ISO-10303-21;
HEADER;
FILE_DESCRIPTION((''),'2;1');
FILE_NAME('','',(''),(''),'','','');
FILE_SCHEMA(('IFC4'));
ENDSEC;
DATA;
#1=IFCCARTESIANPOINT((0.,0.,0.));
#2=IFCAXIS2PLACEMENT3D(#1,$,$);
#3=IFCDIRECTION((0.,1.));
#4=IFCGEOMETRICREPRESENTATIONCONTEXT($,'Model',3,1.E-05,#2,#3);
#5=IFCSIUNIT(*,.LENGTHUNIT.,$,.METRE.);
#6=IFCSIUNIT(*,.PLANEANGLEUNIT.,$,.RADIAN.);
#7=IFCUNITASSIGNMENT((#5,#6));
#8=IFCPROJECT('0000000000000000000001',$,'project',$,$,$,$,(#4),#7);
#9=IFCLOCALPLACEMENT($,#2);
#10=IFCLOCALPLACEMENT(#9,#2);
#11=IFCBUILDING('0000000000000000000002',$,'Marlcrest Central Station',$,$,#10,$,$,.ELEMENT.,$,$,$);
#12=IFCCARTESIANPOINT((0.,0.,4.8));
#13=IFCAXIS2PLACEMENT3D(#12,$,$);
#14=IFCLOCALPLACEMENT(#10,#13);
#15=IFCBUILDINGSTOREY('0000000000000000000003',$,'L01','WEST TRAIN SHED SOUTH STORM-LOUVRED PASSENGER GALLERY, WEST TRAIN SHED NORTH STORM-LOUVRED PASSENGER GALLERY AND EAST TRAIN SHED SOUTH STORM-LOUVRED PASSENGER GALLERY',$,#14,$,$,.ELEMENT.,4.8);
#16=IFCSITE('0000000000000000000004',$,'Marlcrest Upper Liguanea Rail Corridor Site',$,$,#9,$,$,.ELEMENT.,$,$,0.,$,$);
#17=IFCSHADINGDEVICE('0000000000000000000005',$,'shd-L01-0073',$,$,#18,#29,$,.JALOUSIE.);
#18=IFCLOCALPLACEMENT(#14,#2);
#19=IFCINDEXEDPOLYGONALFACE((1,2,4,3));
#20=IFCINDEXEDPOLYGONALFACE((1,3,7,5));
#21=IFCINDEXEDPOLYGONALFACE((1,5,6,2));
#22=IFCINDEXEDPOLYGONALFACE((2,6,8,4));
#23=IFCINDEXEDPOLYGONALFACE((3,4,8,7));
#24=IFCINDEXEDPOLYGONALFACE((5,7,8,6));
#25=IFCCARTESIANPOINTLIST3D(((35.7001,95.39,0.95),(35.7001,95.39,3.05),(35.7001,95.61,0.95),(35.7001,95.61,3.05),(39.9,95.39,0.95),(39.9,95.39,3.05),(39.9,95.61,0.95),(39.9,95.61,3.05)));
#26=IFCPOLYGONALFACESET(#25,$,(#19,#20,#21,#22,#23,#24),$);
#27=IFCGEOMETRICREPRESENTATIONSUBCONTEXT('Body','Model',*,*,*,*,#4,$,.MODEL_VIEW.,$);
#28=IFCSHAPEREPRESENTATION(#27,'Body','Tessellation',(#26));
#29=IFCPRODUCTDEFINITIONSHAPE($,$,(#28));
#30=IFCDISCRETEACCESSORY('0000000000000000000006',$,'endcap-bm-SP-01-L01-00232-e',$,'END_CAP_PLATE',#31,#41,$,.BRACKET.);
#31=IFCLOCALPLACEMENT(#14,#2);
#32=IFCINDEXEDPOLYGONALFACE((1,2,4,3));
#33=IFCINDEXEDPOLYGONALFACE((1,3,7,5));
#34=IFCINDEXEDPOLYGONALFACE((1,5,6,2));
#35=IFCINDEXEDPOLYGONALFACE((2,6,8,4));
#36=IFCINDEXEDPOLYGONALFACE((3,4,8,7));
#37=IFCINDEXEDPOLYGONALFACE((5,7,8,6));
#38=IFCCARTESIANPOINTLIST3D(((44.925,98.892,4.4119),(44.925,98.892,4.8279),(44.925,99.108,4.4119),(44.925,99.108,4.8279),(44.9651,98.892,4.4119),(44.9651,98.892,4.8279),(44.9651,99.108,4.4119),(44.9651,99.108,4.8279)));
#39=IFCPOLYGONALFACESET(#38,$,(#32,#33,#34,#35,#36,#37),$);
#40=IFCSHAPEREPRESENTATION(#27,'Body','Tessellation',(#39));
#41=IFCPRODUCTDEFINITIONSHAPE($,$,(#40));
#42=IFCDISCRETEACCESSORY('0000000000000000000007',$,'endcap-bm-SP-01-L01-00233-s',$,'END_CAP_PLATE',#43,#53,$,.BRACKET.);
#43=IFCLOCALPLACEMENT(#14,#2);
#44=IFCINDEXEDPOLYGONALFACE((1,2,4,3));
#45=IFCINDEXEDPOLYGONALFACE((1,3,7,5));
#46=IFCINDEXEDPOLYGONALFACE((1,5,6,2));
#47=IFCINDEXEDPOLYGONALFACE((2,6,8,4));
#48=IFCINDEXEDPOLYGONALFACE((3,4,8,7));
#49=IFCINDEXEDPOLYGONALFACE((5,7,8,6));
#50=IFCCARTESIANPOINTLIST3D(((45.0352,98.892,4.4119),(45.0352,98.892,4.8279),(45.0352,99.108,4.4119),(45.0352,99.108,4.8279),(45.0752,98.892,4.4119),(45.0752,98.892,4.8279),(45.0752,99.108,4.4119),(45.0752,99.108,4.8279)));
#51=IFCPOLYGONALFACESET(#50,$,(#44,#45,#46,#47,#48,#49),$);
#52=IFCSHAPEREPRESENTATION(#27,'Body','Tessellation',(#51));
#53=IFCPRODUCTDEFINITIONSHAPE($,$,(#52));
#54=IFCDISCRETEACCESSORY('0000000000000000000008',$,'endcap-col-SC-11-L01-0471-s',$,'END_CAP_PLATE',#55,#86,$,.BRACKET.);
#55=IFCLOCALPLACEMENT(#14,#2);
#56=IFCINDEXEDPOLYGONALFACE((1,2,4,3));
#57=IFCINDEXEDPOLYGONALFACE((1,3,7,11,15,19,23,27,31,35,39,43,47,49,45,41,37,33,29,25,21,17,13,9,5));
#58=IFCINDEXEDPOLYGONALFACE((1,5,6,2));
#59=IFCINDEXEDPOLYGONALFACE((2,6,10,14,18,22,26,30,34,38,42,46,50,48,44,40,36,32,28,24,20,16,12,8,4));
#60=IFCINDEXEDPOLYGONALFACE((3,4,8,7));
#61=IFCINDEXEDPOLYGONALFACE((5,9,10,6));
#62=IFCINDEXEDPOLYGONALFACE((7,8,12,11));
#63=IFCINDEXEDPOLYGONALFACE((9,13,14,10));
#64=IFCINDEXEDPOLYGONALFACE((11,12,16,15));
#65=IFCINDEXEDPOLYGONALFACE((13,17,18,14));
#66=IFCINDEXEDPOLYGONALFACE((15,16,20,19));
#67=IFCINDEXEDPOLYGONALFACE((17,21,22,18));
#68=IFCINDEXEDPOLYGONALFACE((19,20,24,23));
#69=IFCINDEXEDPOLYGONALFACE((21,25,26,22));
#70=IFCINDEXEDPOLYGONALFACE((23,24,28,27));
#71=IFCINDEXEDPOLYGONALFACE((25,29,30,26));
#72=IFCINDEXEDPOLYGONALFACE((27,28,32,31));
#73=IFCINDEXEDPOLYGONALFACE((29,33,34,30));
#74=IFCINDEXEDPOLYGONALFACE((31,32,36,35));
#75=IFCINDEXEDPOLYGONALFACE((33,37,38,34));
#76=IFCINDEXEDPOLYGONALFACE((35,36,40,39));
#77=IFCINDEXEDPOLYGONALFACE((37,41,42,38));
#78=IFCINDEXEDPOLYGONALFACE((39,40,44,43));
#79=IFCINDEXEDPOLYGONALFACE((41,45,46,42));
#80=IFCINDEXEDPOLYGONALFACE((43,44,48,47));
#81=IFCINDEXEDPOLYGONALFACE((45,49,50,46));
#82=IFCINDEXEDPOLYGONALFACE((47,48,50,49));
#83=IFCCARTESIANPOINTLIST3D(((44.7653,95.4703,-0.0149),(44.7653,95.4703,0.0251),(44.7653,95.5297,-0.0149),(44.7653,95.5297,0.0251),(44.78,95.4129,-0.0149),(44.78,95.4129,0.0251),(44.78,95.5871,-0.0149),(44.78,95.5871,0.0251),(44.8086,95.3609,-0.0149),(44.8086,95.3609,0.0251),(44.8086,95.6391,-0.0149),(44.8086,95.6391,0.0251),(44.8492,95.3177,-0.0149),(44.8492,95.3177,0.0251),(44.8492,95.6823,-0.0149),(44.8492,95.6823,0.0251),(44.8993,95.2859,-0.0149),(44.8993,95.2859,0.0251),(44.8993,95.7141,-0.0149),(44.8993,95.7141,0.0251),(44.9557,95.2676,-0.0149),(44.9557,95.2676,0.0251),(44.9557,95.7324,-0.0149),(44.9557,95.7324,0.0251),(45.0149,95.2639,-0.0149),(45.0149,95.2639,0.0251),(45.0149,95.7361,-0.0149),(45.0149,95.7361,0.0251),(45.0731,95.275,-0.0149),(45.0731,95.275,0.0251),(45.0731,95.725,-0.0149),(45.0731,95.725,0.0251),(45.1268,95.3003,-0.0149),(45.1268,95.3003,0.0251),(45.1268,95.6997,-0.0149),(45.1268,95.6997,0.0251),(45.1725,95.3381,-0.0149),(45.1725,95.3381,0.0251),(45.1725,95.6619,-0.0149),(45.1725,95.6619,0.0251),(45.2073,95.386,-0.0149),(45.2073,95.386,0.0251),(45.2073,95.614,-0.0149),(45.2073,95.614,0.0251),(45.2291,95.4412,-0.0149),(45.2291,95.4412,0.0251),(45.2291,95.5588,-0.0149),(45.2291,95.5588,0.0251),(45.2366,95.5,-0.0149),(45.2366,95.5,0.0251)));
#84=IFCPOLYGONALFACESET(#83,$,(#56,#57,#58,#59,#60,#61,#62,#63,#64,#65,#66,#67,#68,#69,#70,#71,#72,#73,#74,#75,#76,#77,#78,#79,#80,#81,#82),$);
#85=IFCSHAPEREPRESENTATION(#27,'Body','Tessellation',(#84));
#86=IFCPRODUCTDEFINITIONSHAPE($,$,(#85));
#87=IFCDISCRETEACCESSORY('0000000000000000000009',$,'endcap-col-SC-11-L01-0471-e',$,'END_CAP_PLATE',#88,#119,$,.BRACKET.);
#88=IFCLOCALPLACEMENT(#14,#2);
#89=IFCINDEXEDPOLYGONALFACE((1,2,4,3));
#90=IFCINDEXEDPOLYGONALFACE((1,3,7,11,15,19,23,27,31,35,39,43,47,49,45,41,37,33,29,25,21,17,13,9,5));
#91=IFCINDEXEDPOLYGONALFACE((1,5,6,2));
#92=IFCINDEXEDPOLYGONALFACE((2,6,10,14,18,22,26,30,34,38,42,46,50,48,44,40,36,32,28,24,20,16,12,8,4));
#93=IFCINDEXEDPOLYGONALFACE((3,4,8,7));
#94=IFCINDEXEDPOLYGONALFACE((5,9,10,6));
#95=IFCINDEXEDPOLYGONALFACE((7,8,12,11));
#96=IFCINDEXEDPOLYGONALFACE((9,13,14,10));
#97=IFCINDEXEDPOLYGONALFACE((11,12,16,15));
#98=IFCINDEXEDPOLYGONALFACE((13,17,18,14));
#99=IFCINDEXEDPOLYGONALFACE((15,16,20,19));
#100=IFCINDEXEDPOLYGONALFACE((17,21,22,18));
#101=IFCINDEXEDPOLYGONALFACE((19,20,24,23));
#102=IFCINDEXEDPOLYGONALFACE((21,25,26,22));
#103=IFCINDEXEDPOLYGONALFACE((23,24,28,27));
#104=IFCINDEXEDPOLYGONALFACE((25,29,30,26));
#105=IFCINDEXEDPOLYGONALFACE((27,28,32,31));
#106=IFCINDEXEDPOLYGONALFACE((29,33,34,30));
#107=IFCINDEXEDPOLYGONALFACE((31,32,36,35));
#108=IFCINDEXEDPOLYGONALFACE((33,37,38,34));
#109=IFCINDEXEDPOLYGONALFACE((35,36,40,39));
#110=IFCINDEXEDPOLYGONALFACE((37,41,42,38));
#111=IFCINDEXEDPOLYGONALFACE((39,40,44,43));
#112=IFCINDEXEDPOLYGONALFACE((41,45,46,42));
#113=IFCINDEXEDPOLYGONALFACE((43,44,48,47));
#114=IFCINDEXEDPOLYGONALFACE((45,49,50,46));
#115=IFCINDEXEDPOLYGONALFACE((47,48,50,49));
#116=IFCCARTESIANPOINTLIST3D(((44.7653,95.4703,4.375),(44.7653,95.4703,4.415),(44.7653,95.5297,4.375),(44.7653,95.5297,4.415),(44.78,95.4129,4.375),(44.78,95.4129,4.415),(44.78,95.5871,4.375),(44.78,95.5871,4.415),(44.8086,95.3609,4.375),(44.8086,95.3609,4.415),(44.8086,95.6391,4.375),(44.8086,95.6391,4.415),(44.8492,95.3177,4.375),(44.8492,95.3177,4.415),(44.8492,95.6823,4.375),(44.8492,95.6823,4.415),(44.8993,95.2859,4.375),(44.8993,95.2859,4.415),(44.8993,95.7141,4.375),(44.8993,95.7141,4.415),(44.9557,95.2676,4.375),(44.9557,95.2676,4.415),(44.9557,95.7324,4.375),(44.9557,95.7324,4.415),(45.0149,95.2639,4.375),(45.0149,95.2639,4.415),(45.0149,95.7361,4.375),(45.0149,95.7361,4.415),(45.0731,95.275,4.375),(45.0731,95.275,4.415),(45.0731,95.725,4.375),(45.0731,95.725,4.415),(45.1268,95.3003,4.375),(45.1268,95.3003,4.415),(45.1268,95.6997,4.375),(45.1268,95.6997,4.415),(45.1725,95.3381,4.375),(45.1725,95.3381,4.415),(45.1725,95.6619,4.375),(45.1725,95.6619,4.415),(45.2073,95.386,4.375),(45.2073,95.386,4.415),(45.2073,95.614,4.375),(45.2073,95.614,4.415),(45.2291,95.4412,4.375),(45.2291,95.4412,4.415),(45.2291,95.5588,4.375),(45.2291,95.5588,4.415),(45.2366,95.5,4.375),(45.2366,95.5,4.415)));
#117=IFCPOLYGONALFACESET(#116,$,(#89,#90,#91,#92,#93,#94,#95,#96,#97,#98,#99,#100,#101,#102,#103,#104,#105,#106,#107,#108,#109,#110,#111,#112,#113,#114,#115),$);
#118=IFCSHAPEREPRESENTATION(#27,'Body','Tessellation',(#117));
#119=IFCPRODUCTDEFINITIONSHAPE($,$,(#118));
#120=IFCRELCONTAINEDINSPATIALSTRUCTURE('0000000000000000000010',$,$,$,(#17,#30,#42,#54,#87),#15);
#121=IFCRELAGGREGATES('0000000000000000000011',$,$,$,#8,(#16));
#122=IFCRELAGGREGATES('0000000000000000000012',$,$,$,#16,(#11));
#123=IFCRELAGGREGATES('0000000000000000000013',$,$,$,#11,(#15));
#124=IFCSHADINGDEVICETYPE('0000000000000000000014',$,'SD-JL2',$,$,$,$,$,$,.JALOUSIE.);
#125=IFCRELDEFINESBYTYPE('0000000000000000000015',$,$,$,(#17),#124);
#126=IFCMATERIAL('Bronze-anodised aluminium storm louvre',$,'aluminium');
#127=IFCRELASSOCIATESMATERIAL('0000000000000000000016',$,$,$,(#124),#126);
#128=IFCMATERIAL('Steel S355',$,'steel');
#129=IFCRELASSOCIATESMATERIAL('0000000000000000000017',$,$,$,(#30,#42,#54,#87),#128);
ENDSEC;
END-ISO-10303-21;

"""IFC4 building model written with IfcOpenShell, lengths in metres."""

from ifc_helpers import new_model, si_unit, direction, frame, origin, origin_2d, place, context, subcontext, project, spatial, rectangle, circle, extrude, material, type_object, element, save


model = new_model("IFC4")

# Units and contexts
model_context = context("Model", 3, precision=1e-05, world=origin(), true_north=direction((0.0, 1.0)))
body_context = subcontext(model_context, "Body", "Model", "MODEL_VIEW")
ifc_project = project(units=[si_unit("LENGTHUNIT", "METRE"), si_unit("PLANEANGLEUNIT", "RADIAN")], contexts=[model_context])

# Site, building, storey
site_placement = place(None, origin())
site = spatial("IfcSite", under=ifc_project, at=site_placement, Name="Marlcrest Upper Liguanea Rail Corridor Site", CompositionType="ELEMENT", RefElevation=0.0)
building_placement = place(site_placement, origin())
building = spatial("IfcBuilding", under=site, at=building_placement, Name="Marlcrest Central Station", CompositionType="ELEMENT")
storey_placement = place(building_placement, frame((0.0, 0.0, 4.8)))
storey = spatial("IfcBuildingStorey", under=building, at=storey_placement, Name="L01", Description="WEST TRAIN SHED SOUTH STORM-LOUVRED PASSENGER GALLERY, WEST TRAIN SHED NORTH STORM-LOUVRED PASSENGER GALLERY AND EAST TRAIN SHED SOUTH STORM-LOUVRED PASSENGER GALLERY", CompositionType="ELEMENT", Elevation=4.8)

# Shared definitions
ifc_material_1 = material(Name="Steel S355", Category="steel")

# Shading device
ifc_material_2 = material(Name="Bronze-anodised aluminium storm louvre", Category="aluminium")
shading_device_type_1 = type_object("IfcShadingDeviceType", Name="SD-JL2", PredefinedType="JALOUSIE", material=ifc_material_2)
shading_device_1_placement = place(storey_placement, frame((37.8, 95.5, 0.95), z_axis=(0.0, 0.0, 1.0), x_axis=(1.0, 0.0, 0.0)))
element("IfcShadingDevice", 1, at=shading_device_1_placement, inside=storey, type_object=shading_device_type_1, Name="shd-L01-0073", PredefinedType="JALOUSIE", context=body_context, shape_type="SweptSolid", body=[
    extrude(rectangle(XDim=4.2, YDim=0.22, at=origin_2d()), origin(), (0.0, 0.0, 1.0), 2.1001),
])

# Discrete accessories
for number, where, z_axis, x_axis, name in (
    (2, (44.925, 99.0, 4.6199), (1.0, 0.0, 0.0), (0.0, 1.0, 0.0), "endcap-bm-SP-01-L01-00232-e"),
    (3, (45.0352, 99.0, 4.6199), (1.0, 0.0, 0.0), (0.0, 1.0, 0.0), "endcap-bm-SP-01-L01-00233-s"),
):
    element("IfcDiscreteAccessory", number, at=place(storey_placement, frame(where, z_axis=z_axis, x_axis=x_axis)), inside=storey, material=ifc_material_1, Name=name, ObjectType="END_CAP_PLATE", PredefinedType="BRACKET", context=body_context, shape_type="SweptSolid", body=[
        extrude(rectangle(XDim=0.2161, YDim=0.416, at=origin_2d()), origin(), (0.0, 0.0, 1.0), 0.04),
    ])
for number, where, z_axis, x_axis, name in (
    (4, (45.0, 95.5, -0.0149), (0.0, 0.0, 1.0), (1.0, 0.0, 0.0), "endcap-col-SC-11-L01-0471-s"),
    (5, (45.0, 95.5, 4.375), (0.0, 0.0, 1.0), (1.0, 0.0, 0.0), "endcap-col-SC-11-L01-0471-e"),
):
    element("IfcDiscreteAccessory", number, at=place(storey_placement, frame(where, z_axis=z_axis, x_axis=x_axis)), inside=storey, material=ifc_material_1, Name=name, ObjectType="END_CAP_PLATE", PredefinedType="BRACKET", context=body_context, shape_type="SweptSolid", body=[
        extrude(circle(Radius=0.2366, at=origin_2d()), origin(), (0.0, 0.0, 1.0), 0.04),
    ])

save(model, "model.ifc")
